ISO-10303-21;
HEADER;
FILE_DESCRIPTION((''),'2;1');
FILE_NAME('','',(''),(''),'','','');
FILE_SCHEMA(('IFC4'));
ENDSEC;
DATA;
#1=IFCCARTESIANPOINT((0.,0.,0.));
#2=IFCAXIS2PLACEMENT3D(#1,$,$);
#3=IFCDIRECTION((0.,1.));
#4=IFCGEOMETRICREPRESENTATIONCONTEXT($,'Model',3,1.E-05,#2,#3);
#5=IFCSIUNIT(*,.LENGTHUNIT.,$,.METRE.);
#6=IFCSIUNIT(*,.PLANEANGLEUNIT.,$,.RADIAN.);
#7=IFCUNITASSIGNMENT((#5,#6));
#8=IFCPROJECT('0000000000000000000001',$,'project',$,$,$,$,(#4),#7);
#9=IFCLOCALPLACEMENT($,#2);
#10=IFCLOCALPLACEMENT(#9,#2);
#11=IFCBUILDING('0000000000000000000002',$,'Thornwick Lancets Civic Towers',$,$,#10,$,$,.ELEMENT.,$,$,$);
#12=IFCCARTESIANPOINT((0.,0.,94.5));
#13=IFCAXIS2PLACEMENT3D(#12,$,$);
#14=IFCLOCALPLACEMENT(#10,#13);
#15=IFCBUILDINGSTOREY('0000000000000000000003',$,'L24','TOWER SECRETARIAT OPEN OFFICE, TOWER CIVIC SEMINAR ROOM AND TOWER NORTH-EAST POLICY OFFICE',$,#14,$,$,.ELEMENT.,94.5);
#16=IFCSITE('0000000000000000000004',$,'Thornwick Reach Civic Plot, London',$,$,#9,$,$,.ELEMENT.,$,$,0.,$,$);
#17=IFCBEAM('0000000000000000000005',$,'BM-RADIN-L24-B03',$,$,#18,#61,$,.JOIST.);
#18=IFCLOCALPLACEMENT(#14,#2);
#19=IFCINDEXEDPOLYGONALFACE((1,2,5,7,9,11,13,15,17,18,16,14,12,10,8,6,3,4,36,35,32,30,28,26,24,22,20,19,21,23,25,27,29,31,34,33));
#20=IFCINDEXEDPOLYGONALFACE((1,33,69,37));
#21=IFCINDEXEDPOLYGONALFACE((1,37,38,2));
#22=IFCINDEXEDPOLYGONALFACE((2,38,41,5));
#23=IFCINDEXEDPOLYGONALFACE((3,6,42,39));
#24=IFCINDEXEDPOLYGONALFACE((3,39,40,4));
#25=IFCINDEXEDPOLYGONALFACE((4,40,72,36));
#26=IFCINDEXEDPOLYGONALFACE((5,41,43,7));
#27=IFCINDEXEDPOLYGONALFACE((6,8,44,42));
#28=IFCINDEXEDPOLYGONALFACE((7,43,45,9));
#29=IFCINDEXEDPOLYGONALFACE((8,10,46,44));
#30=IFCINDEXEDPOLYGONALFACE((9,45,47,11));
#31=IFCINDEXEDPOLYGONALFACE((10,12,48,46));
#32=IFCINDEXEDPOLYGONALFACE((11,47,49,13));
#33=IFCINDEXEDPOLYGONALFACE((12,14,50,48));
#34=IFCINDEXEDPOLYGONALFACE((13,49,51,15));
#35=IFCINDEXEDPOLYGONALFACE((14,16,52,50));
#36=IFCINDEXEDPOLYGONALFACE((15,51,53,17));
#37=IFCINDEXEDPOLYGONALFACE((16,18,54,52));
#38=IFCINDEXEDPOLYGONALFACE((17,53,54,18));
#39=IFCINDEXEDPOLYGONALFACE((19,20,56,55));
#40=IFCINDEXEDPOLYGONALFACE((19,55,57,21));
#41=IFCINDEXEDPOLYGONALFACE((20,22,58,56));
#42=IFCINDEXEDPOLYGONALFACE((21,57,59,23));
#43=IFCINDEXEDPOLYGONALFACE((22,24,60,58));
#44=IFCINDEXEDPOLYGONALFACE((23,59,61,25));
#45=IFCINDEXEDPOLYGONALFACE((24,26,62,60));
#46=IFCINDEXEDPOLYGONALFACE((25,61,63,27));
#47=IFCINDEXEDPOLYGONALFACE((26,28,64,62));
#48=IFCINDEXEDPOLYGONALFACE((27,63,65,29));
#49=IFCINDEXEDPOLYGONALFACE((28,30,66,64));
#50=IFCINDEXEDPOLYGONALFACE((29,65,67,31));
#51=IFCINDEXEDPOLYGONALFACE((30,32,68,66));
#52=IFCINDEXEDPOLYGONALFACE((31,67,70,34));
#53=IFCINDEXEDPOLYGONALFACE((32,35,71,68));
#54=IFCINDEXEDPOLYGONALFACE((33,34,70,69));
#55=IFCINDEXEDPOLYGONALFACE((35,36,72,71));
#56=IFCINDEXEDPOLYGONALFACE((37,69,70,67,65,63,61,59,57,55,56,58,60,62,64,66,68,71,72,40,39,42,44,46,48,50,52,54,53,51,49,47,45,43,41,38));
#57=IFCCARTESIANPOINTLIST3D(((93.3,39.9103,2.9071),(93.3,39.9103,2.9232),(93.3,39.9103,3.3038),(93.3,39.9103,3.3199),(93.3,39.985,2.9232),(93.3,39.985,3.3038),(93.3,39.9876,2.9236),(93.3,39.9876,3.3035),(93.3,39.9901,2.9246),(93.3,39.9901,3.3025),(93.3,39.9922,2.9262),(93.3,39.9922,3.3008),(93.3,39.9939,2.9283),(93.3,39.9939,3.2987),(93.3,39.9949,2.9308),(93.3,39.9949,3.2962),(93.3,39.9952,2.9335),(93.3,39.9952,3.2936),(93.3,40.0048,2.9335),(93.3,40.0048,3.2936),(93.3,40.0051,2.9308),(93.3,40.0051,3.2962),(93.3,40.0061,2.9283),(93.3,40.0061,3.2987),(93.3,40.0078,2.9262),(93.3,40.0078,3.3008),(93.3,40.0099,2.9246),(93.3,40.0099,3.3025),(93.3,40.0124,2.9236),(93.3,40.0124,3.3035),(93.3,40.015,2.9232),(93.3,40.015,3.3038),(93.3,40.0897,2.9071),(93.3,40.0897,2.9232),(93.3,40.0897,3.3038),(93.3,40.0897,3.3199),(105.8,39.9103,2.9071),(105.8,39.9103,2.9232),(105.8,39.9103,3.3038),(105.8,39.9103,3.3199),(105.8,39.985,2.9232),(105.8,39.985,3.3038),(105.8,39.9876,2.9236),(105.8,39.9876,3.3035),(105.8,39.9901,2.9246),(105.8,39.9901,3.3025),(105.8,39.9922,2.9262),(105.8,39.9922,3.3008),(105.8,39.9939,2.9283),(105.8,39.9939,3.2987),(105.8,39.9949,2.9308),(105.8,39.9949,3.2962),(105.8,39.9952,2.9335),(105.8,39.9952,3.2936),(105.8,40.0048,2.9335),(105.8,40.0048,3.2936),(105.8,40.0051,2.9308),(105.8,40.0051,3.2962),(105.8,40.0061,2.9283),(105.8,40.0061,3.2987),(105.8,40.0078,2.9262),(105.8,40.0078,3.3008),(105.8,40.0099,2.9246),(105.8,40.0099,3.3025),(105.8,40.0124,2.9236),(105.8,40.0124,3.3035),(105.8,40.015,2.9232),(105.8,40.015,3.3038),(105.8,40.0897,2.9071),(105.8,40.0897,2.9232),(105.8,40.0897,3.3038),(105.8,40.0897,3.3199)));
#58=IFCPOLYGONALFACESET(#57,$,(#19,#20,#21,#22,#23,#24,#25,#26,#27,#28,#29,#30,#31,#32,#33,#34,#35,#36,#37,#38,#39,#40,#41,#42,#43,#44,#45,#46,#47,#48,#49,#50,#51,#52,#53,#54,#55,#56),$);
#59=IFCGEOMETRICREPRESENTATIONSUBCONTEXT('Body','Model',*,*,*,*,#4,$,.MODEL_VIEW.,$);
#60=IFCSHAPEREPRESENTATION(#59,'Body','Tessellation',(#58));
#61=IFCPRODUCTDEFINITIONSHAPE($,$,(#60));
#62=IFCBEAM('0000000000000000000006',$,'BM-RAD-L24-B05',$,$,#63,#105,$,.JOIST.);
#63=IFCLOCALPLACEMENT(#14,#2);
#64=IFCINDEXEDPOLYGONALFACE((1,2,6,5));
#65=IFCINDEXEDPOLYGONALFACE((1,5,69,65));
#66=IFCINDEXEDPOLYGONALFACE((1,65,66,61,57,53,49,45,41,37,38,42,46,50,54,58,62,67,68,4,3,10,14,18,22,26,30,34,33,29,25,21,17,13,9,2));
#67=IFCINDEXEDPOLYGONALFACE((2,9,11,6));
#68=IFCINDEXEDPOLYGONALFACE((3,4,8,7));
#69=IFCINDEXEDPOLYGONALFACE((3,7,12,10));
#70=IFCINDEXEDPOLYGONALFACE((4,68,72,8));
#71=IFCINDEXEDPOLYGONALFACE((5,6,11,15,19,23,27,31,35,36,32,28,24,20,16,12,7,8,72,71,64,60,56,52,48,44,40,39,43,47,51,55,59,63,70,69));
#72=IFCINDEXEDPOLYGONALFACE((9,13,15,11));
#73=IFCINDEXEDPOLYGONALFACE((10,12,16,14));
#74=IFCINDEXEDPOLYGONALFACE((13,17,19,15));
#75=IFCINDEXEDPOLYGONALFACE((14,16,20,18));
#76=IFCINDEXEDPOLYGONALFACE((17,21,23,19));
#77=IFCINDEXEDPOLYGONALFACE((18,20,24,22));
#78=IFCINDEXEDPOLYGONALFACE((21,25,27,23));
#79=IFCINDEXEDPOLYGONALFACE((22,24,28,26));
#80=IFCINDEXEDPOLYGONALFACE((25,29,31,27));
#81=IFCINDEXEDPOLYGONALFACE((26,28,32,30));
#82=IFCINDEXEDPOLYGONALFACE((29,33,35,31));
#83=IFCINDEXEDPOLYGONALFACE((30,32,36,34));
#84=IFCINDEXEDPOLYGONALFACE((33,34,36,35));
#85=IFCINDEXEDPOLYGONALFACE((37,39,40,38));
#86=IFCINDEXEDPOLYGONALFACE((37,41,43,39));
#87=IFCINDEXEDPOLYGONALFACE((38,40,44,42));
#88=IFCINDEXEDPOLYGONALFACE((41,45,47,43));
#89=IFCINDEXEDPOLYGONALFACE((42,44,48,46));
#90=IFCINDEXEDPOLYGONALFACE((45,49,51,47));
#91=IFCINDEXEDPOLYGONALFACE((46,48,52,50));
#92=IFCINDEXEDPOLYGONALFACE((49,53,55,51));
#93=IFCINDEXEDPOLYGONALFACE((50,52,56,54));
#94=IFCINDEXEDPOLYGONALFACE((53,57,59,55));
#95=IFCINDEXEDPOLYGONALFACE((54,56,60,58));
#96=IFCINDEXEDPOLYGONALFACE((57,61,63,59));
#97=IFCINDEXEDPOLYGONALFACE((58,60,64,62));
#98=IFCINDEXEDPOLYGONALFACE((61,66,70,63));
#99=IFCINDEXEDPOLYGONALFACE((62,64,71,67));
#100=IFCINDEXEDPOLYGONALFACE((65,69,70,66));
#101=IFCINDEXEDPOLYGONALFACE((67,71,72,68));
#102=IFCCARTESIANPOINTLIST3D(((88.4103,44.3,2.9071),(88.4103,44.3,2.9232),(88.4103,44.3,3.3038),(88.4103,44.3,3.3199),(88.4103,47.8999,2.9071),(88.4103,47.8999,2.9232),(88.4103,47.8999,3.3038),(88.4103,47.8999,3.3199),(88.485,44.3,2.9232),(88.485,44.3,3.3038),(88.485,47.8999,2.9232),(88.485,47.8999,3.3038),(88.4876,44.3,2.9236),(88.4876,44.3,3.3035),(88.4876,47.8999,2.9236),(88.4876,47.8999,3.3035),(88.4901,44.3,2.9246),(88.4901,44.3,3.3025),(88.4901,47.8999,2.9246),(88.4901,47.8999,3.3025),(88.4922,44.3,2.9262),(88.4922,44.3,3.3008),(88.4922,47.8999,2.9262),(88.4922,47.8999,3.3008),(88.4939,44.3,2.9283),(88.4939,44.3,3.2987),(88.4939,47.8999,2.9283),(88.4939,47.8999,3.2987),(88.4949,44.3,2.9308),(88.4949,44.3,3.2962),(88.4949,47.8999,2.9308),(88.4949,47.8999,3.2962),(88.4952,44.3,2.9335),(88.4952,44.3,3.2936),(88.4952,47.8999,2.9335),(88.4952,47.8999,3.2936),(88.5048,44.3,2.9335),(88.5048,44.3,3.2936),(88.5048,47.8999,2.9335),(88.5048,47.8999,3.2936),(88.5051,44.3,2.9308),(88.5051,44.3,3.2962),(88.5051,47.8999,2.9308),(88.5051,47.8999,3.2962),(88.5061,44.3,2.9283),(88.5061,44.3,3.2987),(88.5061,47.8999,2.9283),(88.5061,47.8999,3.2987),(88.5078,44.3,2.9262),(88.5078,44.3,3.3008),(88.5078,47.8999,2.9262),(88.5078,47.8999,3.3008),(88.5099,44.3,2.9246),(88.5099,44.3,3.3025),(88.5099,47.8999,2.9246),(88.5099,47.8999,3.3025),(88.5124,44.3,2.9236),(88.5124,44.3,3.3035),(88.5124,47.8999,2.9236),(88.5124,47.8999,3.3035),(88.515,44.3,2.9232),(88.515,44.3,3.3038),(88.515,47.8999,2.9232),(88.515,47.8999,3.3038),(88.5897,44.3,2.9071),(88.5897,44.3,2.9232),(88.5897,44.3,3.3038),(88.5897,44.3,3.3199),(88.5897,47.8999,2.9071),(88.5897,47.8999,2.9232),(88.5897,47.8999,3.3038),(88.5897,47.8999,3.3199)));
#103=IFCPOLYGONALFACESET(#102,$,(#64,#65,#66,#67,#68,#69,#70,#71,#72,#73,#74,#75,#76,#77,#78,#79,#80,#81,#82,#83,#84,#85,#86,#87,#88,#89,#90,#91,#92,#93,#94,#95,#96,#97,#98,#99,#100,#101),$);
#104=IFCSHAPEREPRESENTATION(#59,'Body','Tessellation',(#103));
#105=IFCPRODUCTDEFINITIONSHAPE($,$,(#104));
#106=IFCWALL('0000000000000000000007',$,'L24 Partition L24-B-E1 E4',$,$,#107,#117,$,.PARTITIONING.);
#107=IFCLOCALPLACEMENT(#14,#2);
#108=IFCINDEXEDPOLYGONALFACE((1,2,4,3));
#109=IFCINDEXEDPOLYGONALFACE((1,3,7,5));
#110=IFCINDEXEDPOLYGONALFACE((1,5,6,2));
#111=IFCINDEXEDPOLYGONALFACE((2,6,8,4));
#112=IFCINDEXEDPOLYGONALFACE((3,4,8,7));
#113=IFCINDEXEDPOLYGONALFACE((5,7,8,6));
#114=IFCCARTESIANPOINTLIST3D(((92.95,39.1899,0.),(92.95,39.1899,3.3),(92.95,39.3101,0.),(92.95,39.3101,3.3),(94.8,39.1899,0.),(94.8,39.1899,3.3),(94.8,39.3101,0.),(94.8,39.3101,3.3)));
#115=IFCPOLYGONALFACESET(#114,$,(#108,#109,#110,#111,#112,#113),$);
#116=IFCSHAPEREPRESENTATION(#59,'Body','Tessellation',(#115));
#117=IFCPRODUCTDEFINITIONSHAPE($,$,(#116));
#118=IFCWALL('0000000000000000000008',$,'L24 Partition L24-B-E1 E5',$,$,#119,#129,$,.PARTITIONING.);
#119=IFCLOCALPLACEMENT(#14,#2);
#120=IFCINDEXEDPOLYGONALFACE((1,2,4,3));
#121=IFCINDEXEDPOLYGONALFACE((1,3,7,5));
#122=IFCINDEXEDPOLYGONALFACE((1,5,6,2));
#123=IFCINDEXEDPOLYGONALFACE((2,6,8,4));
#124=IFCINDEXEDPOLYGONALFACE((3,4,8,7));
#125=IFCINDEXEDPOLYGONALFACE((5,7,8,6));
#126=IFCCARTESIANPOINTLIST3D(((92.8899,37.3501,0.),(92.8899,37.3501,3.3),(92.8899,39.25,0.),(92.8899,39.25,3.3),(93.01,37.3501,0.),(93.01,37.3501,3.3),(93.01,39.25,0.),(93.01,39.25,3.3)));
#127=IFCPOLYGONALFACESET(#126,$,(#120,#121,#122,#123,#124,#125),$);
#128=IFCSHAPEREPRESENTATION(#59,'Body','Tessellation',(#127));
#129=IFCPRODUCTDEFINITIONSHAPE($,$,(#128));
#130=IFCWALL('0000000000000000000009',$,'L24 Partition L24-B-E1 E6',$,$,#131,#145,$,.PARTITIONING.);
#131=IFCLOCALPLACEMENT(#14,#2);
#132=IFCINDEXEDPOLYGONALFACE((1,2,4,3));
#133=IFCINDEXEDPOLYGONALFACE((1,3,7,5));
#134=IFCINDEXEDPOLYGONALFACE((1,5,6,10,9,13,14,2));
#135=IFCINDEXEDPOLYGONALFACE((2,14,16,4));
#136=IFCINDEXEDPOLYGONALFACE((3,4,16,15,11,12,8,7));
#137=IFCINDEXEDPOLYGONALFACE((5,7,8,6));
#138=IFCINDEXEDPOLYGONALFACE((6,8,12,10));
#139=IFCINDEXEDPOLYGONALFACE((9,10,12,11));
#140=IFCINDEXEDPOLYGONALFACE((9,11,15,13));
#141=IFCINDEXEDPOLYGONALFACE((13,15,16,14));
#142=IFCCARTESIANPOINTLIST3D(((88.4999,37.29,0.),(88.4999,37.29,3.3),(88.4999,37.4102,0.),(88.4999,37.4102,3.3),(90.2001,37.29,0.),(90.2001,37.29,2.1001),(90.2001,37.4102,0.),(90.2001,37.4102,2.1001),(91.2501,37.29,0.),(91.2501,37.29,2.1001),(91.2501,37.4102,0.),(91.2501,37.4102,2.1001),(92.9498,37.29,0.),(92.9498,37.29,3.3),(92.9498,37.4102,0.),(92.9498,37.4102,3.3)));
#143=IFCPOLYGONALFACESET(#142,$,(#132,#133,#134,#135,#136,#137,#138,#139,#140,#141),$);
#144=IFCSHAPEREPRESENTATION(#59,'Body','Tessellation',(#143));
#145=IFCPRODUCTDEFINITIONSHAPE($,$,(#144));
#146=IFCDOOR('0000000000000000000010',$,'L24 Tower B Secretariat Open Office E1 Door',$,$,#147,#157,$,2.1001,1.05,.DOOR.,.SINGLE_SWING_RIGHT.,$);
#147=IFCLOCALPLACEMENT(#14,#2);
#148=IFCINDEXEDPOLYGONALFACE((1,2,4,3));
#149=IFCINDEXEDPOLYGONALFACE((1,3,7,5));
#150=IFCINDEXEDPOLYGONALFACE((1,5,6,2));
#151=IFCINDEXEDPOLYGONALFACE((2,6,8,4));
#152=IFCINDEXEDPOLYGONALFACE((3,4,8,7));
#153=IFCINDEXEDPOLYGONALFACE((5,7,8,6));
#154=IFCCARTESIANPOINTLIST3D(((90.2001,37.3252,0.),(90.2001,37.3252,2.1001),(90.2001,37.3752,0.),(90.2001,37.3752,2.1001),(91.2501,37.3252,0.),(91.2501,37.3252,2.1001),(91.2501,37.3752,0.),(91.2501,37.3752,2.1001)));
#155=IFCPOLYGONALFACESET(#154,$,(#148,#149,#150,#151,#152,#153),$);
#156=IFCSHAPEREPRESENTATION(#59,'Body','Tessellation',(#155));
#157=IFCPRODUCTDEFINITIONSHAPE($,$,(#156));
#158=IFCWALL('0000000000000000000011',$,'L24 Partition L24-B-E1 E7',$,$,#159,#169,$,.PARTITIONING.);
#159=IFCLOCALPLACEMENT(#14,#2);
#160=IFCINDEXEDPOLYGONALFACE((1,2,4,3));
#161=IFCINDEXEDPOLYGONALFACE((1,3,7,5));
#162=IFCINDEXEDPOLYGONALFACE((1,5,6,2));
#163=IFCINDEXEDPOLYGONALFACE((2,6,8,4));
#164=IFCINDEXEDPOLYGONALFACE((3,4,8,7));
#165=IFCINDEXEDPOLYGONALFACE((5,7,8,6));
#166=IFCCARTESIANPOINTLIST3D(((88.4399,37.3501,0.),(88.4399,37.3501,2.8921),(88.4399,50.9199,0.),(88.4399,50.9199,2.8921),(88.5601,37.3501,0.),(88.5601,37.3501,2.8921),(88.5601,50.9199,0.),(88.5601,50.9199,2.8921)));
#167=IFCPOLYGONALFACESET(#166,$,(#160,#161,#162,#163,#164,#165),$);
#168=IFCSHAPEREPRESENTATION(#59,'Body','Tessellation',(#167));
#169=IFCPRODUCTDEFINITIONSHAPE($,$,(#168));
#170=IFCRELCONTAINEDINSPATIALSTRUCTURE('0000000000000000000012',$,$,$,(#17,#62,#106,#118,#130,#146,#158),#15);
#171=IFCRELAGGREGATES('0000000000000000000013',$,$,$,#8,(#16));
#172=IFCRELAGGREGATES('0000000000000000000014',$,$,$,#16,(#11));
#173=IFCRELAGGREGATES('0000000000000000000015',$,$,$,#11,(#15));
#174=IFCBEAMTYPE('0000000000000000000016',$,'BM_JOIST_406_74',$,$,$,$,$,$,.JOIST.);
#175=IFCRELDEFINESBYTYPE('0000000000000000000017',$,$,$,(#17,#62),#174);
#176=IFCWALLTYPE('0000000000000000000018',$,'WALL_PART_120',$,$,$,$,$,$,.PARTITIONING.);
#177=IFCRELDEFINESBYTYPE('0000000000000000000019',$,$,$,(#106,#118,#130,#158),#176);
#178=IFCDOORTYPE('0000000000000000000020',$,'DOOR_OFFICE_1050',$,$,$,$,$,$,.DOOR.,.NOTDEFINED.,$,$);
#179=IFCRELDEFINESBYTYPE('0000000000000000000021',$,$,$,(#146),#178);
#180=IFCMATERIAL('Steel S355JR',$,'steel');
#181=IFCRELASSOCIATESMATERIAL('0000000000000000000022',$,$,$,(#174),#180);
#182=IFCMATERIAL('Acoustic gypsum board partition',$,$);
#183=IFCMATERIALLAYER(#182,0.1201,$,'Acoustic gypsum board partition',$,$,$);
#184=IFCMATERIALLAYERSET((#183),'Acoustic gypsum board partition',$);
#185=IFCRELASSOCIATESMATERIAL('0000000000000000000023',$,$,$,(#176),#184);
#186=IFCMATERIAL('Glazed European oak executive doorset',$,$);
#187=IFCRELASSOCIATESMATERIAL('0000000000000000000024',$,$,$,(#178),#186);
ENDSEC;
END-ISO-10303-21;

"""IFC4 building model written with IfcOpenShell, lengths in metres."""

from ifc_helpers import new_model, si_unit, direction, frame, frame_2d, origin, origin_2d, place, context, subcontext, project, spatial, rectangle, i_section, extrude, material, layer, layer_set, material_profile, profile_set, type_object, element, fill, save


model = new_model("IFC4")

# Units and contexts
model_context = context("Model", 3, precision=1e-05, world=origin(), true_north=direction((0.0, 1.0)))
body_context = subcontext(model_context, "Body", "Model", "MODEL_VIEW")
ifc_project = project(units=[si_unit("LENGTHUNIT", "METRE"), si_unit("PLANEANGLEUNIT", "RADIAN")], contexts=[model_context])

# Site, building, storey
site_placement = place(None, origin())
site = spatial("IfcSite", under=ifc_project, at=site_placement, Name="Thornwick Reach Civic Plot, London", CompositionType="ELEMENT", RefElevation=0.0)
building_placement = place(site_placement, origin())
building = spatial("IfcBuilding", under=site, at=building_placement, Name="Thornwick Lancets Civic Towers", CompositionType="ELEMENT")
storey_placement = place(building_placement, frame((0.0, 0.0, 94.5)))
storey = spatial("IfcBuildingStorey", under=building, at=storey_placement, Name="L24", Description="TOWER SECRETARIAT OPEN OFFICE, TOWER CIVIC SEMINAR ROOM AND TOWER NORTH-EAST POLICY OFFICE", CompositionType="ELEMENT", Elevation=94.5)

# Beams
ifc_material_1 = material(Name="Steel S355JR", Category="steel")
ifc_material_profile_1 = material_profile(ifc_material_1, i_section(OverallWidth=0.1794, OverallDepth=0.4128, WebThickness=0.0095, FlangeThickness=0.0161, FilletRadius=0.0103, at=origin_2d()), Name="UKB 406x178x74")
ifc_profile_set_1 = profile_set([ifc_material_profile_1], Name="Steel S355JR")
beam_type_1 = type_object("IfcBeamType", Name="BM_JOIST_406_74", PredefinedType="JOIST", material=ifc_profile_set_1)
beam_1_placement = place(storey_placement, frame((93.3, 40.0, 3.1135), z_axis=(1.0, 0.0, 0.0), x_axis=(0.0, 1.0, 0.0)))
element("IfcBeam", 1, at=beam_1_placement, inside=storey, type_object=beam_type_1, Name="BM-RADIN-L24-B03", PredefinedType="JOIST", context=body_context, shape_type="SweptSolid", body=[
    extrude(i_section(OverallWidth=0.1794, OverallDepth=0.4128, WebThickness=0.0095, FlangeThickness=0.0161, FilletRadius=0.0103, at=origin_2d()), origin(), (0.0, 0.0, 1.0), 12.5),
])
beam_2_placement = place(storey_placement, frame((88.5, 44.3, 3.1135), z_axis=(0.0, 1.0, 0.0), x_axis=(-1.0, 0.0, 0.0)))
element("IfcBeam", 2, at=beam_2_placement, inside=storey, type_object=beam_type_1, Name="BM-RAD-L24-B05", PredefinedType="JOIST", context=body_context, shape_type="SweptSolid", body=[
    extrude(i_section(OverallWidth=0.1794, OverallDepth=0.4128, WebThickness=0.0095, FlangeThickness=0.0161, FilletRadius=0.0103, at=origin_2d()), origin(), (0.0, 0.0, 1.0), 3.5999),
])

# Walls
ifc_material_2 = material(Name="Acoustic gypsum board partition")
ifc_layer = layer(ifc_material_2, 0.1201, Name="Acoustic gypsum board partition")
ifc_layer_set = layer_set([ifc_layer], Name="Acoustic gypsum board partition")
wall_type = type_object("IfcWallType", Name="WALL_PART_120", PredefinedType="PARTITIONING", material=ifc_layer_set)
wall_1_placement = place(storey_placement, frame((94.8, 39.25, 0.0), z_axis=(0.0, 0.0, 1.0), x_axis=(-1.0, 0.0, 0.0)))
element("IfcWall", 3, at=wall_1_placement, inside=storey, type_object=wall_type, Name="L24 Partition L24-B-E1 E4", PredefinedType="PARTITIONING", context=body_context, shape_type="SweptSolid", body=[
    extrude(rectangle(XDim=1.8501, YDim=0.1201, at=frame_2d((0.925, 0.0))), origin(), (0.0, 0.0, 1.0), 3.3),
])
wall_2_placement = place(storey_placement, frame((92.95, 39.25, 0.0), z_axis=(0.0, 0.0, 1.0), x_axis=(0.0, -1.0, 0.0)))
element("IfcWall", 4, at=wall_2_placement, inside=storey, type_object=wall_type, Name="L24 Partition L24-B-E1 E5", PredefinedType="PARTITIONING", context=body_context, shape_type="SweptSolid", body=[
    extrude(rectangle(XDim=1.8999, YDim=0.1201, at=frame_2d((0.95, 0.0))), origin(), (0.0, 0.0, 1.0), 3.3),
])

# Wall, opening, door
wall_3_placement = place(storey_placement, frame((92.95, 37.3501, 0.0), z_axis=(0.0, 0.0, 1.0), x_axis=(-1.0, 0.0, 0.0)))
wall_3 = element("IfcWall", 5, at=wall_3_placement, inside=storey, type_object=wall_type, Name="L24 Partition L24-B-E1 E6", PredefinedType="PARTITIONING", context=body_context, shape_type="SweptSolid", body=[
    extrude(rectangle(XDim=4.45, YDim=0.1201, at=frame_2d((2.2251, 0.0))), origin(), (0.0, 0.0, 1.0), 3.3),
])
opening_1_placement = place(wall_3_placement, frame((1.7, 0.0, 0.0)))
opening_1 = element("IfcOpeningElement", 6, at=opening_1_placement, cuts=wall_3, PredefinedType="OPENING", context=body_context, shape_type="SweptSolid", body=[
    extrude(rectangle(XDim=1.05, YDim=2.1001, at=frame_2d((0.5249, 1.05))), frame((0.0, 0.0701, 0.0), z_axis=(0.0, -1.0, 0.0), x_axis=(1.0, 0.0, 0.0)), (0.0, 0.0, 1.0), 0.1401),
])
ifc_material_3 = material(Name="Glazed European oak executive doorset")
door_type_1 = type_object("IfcDoorType", Name="DOOR_OFFICE_1050", OperationType="NOTDEFINED", PredefinedType="DOOR", material=ifc_material_3)
door_1_placement = place(opening_1_placement, origin())
door_1 = element("IfcDoor", 7, at=door_1_placement, inside=storey, type_object=door_type_1, Name="L24 Tower B Secretariat Open Office E1 Door", OperationType="SINGLE_SWING_RIGHT", OverallHeight=2.1001, OverallWidth=1.05, PredefinedType="DOOR", context=body_context, shape_type="SweptSolid", body=[
    extrude(rectangle(XDim=1.05, YDim=2.1001, at=frame_2d((0.5249, 1.05))), frame((0.0, 0.0249, 0.0), z_axis=(0.0, -1.0, 0.0), x_axis=(1.0, 0.0, 0.0)), (0.0, 0.0, 1.0), 0.05),
])
fill(opening_1, door_1)

# Wall
wall_4_placement = place(storey_placement, frame((88.5, 37.3501, 0.0), z_axis=(0.0, 0.0, 1.0), x_axis=(0.0, 1.0, 0.0)))
element("IfcWall", 8, at=wall_4_placement, inside=storey, type_object=wall_type, Name="L24 Partition L24-B-E1 E7", PredefinedType="PARTITIONING", context=body_context, shape_type="SweptSolid", body=[
    extrude(rectangle(XDim=13.5698, YDim=0.1201, at=frame_2d((6.7849, 0.0))), origin(), (0.0, 0.0, 1.0), 2.8921),
])

save(model, "model.ifc")
